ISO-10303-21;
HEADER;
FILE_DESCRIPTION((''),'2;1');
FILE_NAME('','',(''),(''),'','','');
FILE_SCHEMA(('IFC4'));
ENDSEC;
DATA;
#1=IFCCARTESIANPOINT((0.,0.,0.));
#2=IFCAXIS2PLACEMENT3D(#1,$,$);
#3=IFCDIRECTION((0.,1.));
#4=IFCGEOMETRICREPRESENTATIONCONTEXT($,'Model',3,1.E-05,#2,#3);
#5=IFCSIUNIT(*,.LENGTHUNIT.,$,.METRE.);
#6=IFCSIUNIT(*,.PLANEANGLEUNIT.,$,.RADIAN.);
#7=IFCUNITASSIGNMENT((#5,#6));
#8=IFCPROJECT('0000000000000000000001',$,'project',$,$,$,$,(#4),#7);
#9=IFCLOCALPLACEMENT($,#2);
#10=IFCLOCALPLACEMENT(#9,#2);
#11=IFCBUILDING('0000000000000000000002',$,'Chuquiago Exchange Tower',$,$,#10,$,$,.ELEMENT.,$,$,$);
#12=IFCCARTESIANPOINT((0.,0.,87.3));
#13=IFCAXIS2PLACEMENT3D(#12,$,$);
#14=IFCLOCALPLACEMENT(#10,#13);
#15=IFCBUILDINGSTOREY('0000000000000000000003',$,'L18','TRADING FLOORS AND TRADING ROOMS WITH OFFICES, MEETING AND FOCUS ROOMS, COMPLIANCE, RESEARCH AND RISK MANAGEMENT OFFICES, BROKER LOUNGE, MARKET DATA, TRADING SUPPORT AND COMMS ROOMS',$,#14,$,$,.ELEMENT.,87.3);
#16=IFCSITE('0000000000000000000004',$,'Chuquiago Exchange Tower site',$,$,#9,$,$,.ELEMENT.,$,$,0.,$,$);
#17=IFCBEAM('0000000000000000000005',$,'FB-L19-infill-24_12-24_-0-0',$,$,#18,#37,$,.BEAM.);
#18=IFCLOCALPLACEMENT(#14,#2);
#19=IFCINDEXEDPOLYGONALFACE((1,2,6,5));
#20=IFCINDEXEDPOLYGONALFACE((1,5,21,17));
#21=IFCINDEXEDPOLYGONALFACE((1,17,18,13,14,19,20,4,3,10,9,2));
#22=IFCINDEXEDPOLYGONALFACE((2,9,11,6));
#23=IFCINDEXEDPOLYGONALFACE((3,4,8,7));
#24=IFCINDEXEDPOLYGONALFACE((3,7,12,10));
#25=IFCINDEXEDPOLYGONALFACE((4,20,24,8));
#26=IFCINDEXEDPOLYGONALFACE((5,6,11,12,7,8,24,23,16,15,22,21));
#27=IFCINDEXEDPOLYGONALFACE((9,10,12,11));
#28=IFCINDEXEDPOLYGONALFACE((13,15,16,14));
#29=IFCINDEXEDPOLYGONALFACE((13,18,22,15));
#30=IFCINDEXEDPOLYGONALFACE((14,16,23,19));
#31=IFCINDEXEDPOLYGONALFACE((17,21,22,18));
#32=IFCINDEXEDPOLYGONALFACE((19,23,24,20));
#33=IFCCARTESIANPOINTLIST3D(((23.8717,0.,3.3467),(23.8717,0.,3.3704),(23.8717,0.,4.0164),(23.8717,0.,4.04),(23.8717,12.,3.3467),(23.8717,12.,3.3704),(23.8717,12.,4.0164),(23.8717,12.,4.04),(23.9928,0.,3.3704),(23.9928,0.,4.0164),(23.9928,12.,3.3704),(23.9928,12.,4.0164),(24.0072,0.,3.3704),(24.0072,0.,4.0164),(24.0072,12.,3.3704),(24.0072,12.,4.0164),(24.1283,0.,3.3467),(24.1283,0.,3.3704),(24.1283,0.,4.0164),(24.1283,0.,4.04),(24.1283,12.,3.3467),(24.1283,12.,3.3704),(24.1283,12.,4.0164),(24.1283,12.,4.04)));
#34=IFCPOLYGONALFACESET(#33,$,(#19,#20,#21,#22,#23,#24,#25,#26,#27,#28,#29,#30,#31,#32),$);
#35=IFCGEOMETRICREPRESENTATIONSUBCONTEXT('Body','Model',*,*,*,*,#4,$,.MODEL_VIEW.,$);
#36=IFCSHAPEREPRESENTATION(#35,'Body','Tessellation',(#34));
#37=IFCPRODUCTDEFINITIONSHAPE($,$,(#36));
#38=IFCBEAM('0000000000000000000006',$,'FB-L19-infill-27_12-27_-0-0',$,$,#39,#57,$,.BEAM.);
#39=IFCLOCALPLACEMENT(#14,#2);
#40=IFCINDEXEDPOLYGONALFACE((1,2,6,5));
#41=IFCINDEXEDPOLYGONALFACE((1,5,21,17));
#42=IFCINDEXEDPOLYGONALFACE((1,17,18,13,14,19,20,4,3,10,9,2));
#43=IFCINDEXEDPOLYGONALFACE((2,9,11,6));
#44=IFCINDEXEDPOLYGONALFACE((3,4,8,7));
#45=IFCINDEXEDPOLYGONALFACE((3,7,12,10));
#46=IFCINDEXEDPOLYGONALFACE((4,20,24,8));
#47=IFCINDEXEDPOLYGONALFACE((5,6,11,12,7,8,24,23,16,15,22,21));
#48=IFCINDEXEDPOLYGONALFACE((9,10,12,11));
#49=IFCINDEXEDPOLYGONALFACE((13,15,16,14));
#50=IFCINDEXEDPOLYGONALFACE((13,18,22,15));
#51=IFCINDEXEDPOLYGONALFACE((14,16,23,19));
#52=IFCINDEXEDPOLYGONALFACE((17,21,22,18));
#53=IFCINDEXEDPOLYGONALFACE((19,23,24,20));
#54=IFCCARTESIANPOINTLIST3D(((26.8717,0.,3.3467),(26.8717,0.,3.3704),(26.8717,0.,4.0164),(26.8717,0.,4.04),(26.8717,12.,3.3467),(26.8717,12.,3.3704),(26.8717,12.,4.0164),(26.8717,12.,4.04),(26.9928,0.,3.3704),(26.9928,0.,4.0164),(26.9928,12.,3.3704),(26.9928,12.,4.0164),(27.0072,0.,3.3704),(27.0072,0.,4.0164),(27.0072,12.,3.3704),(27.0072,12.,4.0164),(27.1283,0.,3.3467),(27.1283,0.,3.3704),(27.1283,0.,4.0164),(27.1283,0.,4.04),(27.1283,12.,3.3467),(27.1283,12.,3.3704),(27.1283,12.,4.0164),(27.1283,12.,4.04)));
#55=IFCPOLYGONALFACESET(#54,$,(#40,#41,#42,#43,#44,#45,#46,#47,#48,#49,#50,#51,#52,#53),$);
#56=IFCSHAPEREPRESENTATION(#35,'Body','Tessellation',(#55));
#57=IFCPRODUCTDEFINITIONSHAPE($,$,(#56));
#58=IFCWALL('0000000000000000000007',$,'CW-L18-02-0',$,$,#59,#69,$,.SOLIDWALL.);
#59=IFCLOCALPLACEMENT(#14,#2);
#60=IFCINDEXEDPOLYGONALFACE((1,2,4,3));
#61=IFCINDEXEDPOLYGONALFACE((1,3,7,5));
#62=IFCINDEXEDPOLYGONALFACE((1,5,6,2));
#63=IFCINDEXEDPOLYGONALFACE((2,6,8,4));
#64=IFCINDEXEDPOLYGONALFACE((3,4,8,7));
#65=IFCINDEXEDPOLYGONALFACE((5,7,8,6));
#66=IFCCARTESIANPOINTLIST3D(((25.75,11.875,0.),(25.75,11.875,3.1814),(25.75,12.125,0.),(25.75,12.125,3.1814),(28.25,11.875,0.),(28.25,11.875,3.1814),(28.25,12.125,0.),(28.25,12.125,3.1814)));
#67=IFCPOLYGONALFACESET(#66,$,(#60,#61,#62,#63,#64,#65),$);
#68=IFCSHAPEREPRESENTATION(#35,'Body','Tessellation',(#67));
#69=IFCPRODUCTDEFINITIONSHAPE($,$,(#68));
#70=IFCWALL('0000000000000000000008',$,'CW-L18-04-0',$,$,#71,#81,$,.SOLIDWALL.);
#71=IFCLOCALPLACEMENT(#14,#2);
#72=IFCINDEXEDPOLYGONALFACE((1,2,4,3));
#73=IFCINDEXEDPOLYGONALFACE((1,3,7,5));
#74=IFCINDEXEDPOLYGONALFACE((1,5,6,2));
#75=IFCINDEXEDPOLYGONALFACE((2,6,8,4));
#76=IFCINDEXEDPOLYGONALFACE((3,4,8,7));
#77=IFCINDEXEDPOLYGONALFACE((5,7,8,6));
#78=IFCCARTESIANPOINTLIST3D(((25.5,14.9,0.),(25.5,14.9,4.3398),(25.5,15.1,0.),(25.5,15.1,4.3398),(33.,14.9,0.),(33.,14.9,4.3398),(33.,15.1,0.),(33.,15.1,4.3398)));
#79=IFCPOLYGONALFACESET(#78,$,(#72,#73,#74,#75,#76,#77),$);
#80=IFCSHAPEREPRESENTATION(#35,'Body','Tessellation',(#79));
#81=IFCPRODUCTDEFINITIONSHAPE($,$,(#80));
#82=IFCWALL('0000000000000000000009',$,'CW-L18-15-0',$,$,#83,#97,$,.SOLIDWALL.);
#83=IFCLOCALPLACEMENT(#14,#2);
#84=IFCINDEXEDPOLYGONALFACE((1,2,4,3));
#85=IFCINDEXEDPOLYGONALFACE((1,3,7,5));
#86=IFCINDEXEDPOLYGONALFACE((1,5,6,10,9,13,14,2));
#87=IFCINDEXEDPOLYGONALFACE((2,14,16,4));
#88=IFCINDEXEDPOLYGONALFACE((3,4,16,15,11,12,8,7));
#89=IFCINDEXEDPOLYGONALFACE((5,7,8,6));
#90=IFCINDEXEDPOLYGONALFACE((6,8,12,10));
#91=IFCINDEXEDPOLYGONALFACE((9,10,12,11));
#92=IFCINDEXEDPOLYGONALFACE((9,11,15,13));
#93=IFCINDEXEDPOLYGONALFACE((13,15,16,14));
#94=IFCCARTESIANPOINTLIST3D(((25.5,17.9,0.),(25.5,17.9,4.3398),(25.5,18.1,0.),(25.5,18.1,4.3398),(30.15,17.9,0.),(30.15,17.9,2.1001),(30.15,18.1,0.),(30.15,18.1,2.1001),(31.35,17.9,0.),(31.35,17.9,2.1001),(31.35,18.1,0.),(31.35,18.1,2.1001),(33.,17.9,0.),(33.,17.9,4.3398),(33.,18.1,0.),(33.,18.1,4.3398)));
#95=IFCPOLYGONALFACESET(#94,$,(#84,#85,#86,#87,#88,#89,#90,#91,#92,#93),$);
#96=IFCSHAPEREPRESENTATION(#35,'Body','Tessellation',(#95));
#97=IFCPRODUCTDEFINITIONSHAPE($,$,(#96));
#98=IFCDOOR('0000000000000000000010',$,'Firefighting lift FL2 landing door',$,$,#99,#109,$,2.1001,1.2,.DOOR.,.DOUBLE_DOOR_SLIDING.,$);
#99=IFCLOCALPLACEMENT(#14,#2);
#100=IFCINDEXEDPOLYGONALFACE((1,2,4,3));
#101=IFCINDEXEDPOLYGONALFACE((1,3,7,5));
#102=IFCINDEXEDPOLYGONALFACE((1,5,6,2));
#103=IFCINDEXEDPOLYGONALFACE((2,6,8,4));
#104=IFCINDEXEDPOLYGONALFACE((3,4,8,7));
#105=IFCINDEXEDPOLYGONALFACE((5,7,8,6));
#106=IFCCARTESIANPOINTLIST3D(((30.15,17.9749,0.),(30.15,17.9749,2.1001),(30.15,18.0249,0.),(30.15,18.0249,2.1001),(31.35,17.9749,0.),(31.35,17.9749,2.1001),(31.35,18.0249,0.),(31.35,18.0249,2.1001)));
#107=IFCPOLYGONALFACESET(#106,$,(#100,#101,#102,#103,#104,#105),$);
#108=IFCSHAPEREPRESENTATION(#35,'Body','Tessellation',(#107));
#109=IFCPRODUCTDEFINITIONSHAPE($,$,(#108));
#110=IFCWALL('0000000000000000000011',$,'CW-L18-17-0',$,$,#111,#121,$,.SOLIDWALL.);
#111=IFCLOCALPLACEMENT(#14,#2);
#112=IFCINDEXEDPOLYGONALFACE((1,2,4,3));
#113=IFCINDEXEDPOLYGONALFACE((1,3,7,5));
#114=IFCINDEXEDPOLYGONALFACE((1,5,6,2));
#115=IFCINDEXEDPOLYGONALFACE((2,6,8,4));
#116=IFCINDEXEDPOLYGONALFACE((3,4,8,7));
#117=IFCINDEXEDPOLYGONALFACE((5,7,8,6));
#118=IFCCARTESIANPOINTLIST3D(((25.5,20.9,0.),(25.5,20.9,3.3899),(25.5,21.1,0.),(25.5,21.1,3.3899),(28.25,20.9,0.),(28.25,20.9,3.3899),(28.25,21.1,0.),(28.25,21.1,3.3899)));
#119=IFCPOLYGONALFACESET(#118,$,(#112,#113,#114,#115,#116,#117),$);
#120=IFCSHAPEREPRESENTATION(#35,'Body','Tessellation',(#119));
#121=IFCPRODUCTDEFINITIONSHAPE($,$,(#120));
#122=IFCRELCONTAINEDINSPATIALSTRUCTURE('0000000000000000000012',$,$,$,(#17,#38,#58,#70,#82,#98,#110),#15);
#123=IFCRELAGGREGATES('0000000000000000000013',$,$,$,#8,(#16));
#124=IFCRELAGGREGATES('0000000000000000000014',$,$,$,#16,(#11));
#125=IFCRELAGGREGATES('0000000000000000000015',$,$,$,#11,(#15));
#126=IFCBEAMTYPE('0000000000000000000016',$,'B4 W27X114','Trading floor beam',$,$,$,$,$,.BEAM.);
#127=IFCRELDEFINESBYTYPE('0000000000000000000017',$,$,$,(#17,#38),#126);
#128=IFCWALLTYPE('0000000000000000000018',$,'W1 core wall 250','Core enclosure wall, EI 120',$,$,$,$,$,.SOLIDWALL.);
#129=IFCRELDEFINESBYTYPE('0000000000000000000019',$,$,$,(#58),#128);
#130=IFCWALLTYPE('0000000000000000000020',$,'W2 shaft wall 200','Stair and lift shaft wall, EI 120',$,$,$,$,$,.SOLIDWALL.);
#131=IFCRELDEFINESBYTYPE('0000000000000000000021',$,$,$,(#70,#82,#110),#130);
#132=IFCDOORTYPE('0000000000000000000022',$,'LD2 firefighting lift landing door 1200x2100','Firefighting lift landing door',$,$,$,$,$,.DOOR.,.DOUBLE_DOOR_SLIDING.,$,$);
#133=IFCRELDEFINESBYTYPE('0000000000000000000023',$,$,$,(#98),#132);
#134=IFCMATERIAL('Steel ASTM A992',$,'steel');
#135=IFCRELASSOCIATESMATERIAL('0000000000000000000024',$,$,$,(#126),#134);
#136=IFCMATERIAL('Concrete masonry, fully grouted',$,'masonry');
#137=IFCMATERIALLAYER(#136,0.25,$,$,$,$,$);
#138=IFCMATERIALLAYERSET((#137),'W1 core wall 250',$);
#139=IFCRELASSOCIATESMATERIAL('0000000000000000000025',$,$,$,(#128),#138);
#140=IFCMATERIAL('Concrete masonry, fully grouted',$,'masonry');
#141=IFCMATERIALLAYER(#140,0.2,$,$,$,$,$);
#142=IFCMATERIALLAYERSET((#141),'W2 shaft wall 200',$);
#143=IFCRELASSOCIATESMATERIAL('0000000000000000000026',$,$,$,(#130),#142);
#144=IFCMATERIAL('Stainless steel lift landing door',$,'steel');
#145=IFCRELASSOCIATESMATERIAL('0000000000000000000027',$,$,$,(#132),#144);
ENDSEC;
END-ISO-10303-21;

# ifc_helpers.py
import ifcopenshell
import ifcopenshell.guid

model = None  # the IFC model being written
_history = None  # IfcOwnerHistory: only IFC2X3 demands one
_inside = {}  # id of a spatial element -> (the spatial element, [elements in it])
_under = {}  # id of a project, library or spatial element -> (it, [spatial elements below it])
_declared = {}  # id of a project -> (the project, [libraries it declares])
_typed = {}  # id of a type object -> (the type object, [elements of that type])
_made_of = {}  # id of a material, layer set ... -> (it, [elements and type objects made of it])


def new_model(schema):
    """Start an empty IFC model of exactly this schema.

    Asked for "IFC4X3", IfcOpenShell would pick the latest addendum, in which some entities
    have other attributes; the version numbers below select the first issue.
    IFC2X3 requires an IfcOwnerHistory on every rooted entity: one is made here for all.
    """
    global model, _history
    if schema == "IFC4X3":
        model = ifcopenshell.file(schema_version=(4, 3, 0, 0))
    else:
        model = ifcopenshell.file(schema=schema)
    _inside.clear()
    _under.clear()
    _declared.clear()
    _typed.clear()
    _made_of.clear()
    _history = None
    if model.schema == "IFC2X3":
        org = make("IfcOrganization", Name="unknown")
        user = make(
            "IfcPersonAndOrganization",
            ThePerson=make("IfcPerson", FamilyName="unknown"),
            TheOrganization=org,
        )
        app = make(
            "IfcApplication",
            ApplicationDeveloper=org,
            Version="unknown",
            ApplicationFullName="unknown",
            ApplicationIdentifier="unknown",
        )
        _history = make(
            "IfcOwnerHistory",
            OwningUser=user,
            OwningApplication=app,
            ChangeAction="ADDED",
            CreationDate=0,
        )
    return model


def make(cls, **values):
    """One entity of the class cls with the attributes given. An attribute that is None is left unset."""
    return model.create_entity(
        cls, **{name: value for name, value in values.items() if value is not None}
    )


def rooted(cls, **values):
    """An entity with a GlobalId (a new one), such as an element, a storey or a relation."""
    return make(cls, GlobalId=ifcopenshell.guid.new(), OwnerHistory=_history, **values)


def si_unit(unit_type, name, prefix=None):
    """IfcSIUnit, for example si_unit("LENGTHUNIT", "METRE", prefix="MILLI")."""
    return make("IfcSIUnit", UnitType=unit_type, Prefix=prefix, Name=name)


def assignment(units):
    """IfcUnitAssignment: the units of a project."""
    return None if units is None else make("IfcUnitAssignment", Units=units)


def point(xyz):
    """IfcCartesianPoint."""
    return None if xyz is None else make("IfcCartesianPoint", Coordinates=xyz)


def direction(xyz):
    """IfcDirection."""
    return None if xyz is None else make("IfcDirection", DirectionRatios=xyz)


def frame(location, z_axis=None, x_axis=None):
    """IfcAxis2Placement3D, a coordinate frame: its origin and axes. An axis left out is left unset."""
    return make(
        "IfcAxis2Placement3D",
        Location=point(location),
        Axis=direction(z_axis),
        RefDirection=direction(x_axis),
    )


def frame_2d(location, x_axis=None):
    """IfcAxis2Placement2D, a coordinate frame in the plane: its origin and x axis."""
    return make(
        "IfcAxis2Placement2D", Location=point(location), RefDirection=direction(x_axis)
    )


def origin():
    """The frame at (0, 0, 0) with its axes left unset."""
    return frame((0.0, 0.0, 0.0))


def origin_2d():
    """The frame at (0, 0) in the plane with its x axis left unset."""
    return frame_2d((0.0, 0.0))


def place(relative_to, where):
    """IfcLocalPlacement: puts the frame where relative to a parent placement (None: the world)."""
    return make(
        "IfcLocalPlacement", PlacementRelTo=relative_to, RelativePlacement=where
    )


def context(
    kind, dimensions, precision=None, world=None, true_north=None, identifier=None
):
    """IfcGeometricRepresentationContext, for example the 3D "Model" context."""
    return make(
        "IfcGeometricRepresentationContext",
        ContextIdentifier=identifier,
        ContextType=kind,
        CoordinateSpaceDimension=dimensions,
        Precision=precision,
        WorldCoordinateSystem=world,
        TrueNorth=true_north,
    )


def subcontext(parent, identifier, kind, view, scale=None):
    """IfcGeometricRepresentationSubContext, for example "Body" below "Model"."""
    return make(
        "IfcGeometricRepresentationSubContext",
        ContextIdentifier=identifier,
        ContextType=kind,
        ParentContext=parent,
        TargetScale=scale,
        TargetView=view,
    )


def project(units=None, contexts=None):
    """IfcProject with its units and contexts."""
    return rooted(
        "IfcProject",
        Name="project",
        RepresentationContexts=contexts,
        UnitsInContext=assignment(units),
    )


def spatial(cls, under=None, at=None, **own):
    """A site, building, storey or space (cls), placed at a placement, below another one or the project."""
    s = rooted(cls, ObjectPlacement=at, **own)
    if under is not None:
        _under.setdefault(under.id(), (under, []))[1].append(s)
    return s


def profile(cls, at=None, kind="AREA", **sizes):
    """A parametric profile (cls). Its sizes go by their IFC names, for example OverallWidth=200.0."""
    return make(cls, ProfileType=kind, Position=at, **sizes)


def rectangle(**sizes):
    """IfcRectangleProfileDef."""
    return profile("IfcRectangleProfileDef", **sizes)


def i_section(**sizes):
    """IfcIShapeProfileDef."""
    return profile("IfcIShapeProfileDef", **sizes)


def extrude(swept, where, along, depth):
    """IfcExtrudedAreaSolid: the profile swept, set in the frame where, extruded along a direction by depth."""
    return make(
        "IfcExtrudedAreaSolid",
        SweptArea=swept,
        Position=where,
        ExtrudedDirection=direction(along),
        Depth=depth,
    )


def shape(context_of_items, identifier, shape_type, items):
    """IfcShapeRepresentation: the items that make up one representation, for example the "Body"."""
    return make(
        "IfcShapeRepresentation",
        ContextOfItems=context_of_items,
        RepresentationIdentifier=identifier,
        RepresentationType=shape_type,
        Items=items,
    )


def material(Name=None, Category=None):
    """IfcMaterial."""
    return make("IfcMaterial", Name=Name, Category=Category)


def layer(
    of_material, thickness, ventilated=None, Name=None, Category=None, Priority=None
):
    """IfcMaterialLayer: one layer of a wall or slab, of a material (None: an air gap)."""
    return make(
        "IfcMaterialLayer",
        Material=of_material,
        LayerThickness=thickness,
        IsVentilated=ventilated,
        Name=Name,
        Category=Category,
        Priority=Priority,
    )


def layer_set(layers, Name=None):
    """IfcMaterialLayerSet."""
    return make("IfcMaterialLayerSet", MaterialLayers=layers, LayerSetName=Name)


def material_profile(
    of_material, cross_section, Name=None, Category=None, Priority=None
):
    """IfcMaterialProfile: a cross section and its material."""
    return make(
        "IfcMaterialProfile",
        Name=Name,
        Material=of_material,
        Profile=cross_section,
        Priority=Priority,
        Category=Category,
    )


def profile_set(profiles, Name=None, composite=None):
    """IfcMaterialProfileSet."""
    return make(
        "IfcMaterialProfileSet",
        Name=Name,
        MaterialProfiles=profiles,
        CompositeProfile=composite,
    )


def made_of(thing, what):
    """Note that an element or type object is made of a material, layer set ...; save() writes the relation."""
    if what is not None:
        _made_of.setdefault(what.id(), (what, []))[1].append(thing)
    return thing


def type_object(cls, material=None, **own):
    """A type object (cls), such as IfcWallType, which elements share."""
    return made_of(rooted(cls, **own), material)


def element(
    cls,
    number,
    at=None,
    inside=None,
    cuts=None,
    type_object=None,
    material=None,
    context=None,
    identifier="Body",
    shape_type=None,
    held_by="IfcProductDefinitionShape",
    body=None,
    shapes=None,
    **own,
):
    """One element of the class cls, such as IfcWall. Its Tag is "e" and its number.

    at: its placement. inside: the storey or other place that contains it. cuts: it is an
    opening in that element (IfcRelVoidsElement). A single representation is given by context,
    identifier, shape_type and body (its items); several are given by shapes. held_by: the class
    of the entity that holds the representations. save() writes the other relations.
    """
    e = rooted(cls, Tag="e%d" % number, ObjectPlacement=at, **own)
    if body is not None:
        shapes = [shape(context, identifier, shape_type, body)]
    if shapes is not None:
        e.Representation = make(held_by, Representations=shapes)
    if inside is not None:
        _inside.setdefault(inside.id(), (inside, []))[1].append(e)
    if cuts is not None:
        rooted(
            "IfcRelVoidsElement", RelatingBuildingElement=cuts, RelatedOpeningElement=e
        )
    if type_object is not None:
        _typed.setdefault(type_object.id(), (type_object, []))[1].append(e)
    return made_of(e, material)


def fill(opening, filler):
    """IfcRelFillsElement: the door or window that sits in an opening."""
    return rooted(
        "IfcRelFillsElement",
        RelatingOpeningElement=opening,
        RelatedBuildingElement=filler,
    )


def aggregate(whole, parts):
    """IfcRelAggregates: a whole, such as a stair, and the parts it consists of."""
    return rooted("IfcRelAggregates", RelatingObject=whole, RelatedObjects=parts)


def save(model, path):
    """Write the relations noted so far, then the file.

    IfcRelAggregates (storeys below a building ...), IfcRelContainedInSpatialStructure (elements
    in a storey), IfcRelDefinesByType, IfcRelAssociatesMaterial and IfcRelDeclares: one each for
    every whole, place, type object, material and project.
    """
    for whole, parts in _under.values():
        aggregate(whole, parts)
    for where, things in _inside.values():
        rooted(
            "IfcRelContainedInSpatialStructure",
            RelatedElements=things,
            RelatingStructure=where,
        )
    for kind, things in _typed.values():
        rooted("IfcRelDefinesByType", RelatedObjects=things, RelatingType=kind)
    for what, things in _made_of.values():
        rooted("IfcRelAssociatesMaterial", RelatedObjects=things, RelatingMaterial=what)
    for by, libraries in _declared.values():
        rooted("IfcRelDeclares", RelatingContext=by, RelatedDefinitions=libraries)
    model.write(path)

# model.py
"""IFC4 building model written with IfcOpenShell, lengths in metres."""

from ifc_helpers import new_model, si_unit, direction, frame, frame_2d, origin, origin_2d, place, context, subcontext, project, spatial, rectangle, i_section, extrude, material, layer, layer_set, material_profile, profile_set, type_object, element, fill, save


model = new_model("IFC4")

# Units and contexts
model_context = context("Model", 3, precision=1e-05, world=origin(), true_north=direction((0.0, 1.0)))
body_context = subcontext(model_context, "Body", "Model", "MODEL_VIEW")
ifc_project = project(units=[si_unit("LENGTHUNIT", "METRE"), si_unit("PLANEANGLEUNIT", "RADIAN")], contexts=[model_context])

# Site, building, storey
site_placement = place(None, origin())
site = spatial("IfcSite", under=ifc_project, at=site_placement, Name="Chuquiago Exchange Tower site", CompositionType="ELEMENT", RefElevation=0.0)
building_placement = place(site_placement, origin())
building = spatial("IfcBuilding", under=site, at=building_placement, Name="Chuquiago Exchange Tower", CompositionType="ELEMENT")
storey_placement = place(building_placement, frame((0.0, 0.0, 87.3)))
storey = spatial("IfcBuildingStorey", under=building, at=storey_placement, Name="L18", Description="TRADING FLOORS AND TRADING ROOMS WITH OFFICES, MEETING AND FOCUS ROOMS, COMPLIANCE, RESEARCH AND RISK MANAGEMENT OFFICES, BROKER LOUNGE, MARKET DATA, TRADING SUPPORT AND COMMS ROOMS", CompositionType="ELEMENT", Elevation=87.3)

# Beams
ifc_material_1 = material(Name="Steel ASTM A992", Category="steel")
ifc_material_profile_1 = material_profile(ifc_material_1, i_section(OverallWidth=0.2566, OverallDepth=0.6934, WebThickness=0.0144, FlangeThickness=0.0237, at=origin_2d()), Name="W27X114")
ifc_profile_set_1 = profile_set([ifc_material_profile_1], Name="Steel ASTM A992")
beam_type_1 = type_object("IfcBeamType", Name="B4 W27X114", Description="Trading floor beam", PredefinedType="BEAM", material=ifc_profile_set_1)
for number, where, z_axis, x_axis, name in (
    (1, (24.0, 12.0, 3.6934), (0.0, -1.0, 0.0), (1.0, 0.0, 0.0), "FB-L19-infill-24_12-24_-0-0"),
    (2, (27.0, 12.0, 3.6934), (0.0, -1.0, 0.0), (1.0, 0.0, 0.0), "FB-L19-infill-27_12-27_-0-0"),
):
    element("IfcBeam", number, at=place(storey_placement, frame(where, z_axis=z_axis, x_axis=x_axis)), inside=storey, type_object=beam_type_1, Name=name, PredefinedType="BEAM", context=body_context, shape_type="SweptSolid", body=[
        extrude(i_section(OverallWidth=0.2566, OverallDepth=0.6934, WebThickness=0.0144, FlangeThickness=0.0237, at=origin_2d()), origin(), (0.0, 0.0, 1.0), 12.0),
    ])

# Walls
ifc_material_2 = material(Name="Concrete masonry, fully grouted", Category="masonry")
ifc_layer_1 = layer(ifc_material_2, 0.25)
ifc_layer_set_1 = layer_set([ifc_layer_1], Name="W1 core wall 250")
wall_type_1 = type_object("IfcWallType", Name="W1 core wall 250", Description="Core enclosure wall, EI 120", PredefinedType="SOLIDWALL", material=ifc_layer_set_1)
wall_1_placement = place(storey_placement, frame((25.75, 12.0, 0.0), z_axis=(0.0, 0.0, 1.0), x_axis=(1.0, 0.0, 0.0)))
element("IfcWall", 3, at=wall_1_placement, inside=storey, type_object=wall_type_1, Name="CW-L18-02-0", PredefinedType="SOLIDWALL", context=body_context, shape_type="SweptSolid", body=[
    extrude(rectangle(XDim=2.5, YDim=0.25, at=frame_2d((1.25, 0.0))), origin(), (0.0, 0.0, 1.0), 3.1814),
])
ifc_material_3 = material(Name="Concrete masonry, fully grouted", Category="masonry")
ifc_layer_2 = layer(ifc_material_3, 0.2)
ifc_layer_set_2 = layer_set([ifc_layer_2], Name="W2 shaft wall 200")
wall_type_2 = type_object("IfcWallType", Name="W2 shaft wall 200", Description="Stair and lift shaft wall, EI 120", PredefinedType="SOLIDWALL", material=ifc_layer_set_2)
wall_2_placement = place(storey_placement, frame((25.5, 15.0, 0.0), z_axis=(0.0, 0.0, 1.0), x_axis=(1.0, 0.0, 0.0)))
element("IfcWall", 4, at=wall_2_placement, inside=storey, type_object=wall_type_2, Name="CW-L18-04-0", PredefinedType="SOLIDWALL", context=body_context, shape_type="SweptSolid", body=[
    extrude(rectangle(XDim=7.5, YDim=0.2, at=frame_2d((3.75, 0.0))), origin(), (0.0, 0.0, 1.0), 4.3398),
])

# Wall, opening, door
wall_3_placement = place(storey_placement, frame((25.5, 18.0, 0.0), z_axis=(0.0, 0.0, 1.0), x_axis=(1.0, 0.0, 0.0)))
wall_3 = element("IfcWall", 5, at=wall_3_placement, inside=storey, type_object=wall_type_2, Name="CW-L18-15-0", PredefinedType="SOLIDWALL", context=body_context, shape_type="SweptSolid", body=[
    extrude(rectangle(XDim=7.5, YDim=0.2, at=frame_2d((3.75, 0.0))), origin(), (0.0, 0.0, 1.0), 4.3398),
])
opening_1_placement = place(wall_3_placement, frame((4.6499, 0.0, 0.0)))
opening_1 = element("IfcOpeningElement", 6, at=opening_1_placement, cuts=wall_3, PredefinedType="OPENING", context=body_context, shape_type="SweptSolid", body=[
    extrude(rectangle(XDim=1.2, YDim=2.1001, at=frame_2d((0.6001, 1.05))), frame((0.0, 0.1099, 0.0), z_axis=(0.0, -1.0, 0.0), x_axis=(1.0, 0.0, 0.0)), (0.0, 0.0, 1.0), 0.22),
])
ifc_material_4 = material(Name="Stainless steel lift landing door", Category="steel")
door_type_1 = type_object("IfcDoorType", Name="LD2 firefighting lift landing door 1200x2100", Description="Firefighting lift landing door", OperationType="DOUBLE_DOOR_SLIDING", PredefinedType="DOOR", material=ifc_material_4)
door_1_placement = place(opening_1_placement, origin())
door_1 = element("IfcDoor", 7, at=door_1_placement, inside=storey, type_object=door_type_1, Name="Firefighting lift FL2 landing door", OperationType="DOUBLE_DOOR_SLIDING", OverallHeight=2.1001, OverallWidth=1.2, PredefinedType="DOOR", context=body_context, shape_type="SweptSolid", body=[
    extrude(rectangle(XDim=1.2, YDim=2.1001, at=frame_2d((0.6001, 1.05))), frame((0.0, 0.0249, 0.0), z_axis=(0.0, -1.0, 0.0), x_axis=(1.0, 0.0, 0.0)), (0.0, 0.0, 1.0), 0.05),
])
fill(opening_1, door_1)

# Wall
wall_4_placement = place(storey_placement, frame((25.5, 21.0, 0.0), z_axis=(0.0, 0.0, 1.0), x_axis=(1.0, 0.0, 0.0)))
element("IfcWall", 8, at=wall_4_placement, inside=storey, type_object=wall_type_2, Name="CW-L18-17-0", PredefinedType="SOLIDWALL", context=body_context, shape_type="SweptSolid", body=[
    extrude(rectangle(XDim=2.75, YDim=0.2, at=frame_2d((1.375, 0.0))), origin(), (0.0, 0.0, 1.0), 3.3899),
])

save(model, "model.ifc")
